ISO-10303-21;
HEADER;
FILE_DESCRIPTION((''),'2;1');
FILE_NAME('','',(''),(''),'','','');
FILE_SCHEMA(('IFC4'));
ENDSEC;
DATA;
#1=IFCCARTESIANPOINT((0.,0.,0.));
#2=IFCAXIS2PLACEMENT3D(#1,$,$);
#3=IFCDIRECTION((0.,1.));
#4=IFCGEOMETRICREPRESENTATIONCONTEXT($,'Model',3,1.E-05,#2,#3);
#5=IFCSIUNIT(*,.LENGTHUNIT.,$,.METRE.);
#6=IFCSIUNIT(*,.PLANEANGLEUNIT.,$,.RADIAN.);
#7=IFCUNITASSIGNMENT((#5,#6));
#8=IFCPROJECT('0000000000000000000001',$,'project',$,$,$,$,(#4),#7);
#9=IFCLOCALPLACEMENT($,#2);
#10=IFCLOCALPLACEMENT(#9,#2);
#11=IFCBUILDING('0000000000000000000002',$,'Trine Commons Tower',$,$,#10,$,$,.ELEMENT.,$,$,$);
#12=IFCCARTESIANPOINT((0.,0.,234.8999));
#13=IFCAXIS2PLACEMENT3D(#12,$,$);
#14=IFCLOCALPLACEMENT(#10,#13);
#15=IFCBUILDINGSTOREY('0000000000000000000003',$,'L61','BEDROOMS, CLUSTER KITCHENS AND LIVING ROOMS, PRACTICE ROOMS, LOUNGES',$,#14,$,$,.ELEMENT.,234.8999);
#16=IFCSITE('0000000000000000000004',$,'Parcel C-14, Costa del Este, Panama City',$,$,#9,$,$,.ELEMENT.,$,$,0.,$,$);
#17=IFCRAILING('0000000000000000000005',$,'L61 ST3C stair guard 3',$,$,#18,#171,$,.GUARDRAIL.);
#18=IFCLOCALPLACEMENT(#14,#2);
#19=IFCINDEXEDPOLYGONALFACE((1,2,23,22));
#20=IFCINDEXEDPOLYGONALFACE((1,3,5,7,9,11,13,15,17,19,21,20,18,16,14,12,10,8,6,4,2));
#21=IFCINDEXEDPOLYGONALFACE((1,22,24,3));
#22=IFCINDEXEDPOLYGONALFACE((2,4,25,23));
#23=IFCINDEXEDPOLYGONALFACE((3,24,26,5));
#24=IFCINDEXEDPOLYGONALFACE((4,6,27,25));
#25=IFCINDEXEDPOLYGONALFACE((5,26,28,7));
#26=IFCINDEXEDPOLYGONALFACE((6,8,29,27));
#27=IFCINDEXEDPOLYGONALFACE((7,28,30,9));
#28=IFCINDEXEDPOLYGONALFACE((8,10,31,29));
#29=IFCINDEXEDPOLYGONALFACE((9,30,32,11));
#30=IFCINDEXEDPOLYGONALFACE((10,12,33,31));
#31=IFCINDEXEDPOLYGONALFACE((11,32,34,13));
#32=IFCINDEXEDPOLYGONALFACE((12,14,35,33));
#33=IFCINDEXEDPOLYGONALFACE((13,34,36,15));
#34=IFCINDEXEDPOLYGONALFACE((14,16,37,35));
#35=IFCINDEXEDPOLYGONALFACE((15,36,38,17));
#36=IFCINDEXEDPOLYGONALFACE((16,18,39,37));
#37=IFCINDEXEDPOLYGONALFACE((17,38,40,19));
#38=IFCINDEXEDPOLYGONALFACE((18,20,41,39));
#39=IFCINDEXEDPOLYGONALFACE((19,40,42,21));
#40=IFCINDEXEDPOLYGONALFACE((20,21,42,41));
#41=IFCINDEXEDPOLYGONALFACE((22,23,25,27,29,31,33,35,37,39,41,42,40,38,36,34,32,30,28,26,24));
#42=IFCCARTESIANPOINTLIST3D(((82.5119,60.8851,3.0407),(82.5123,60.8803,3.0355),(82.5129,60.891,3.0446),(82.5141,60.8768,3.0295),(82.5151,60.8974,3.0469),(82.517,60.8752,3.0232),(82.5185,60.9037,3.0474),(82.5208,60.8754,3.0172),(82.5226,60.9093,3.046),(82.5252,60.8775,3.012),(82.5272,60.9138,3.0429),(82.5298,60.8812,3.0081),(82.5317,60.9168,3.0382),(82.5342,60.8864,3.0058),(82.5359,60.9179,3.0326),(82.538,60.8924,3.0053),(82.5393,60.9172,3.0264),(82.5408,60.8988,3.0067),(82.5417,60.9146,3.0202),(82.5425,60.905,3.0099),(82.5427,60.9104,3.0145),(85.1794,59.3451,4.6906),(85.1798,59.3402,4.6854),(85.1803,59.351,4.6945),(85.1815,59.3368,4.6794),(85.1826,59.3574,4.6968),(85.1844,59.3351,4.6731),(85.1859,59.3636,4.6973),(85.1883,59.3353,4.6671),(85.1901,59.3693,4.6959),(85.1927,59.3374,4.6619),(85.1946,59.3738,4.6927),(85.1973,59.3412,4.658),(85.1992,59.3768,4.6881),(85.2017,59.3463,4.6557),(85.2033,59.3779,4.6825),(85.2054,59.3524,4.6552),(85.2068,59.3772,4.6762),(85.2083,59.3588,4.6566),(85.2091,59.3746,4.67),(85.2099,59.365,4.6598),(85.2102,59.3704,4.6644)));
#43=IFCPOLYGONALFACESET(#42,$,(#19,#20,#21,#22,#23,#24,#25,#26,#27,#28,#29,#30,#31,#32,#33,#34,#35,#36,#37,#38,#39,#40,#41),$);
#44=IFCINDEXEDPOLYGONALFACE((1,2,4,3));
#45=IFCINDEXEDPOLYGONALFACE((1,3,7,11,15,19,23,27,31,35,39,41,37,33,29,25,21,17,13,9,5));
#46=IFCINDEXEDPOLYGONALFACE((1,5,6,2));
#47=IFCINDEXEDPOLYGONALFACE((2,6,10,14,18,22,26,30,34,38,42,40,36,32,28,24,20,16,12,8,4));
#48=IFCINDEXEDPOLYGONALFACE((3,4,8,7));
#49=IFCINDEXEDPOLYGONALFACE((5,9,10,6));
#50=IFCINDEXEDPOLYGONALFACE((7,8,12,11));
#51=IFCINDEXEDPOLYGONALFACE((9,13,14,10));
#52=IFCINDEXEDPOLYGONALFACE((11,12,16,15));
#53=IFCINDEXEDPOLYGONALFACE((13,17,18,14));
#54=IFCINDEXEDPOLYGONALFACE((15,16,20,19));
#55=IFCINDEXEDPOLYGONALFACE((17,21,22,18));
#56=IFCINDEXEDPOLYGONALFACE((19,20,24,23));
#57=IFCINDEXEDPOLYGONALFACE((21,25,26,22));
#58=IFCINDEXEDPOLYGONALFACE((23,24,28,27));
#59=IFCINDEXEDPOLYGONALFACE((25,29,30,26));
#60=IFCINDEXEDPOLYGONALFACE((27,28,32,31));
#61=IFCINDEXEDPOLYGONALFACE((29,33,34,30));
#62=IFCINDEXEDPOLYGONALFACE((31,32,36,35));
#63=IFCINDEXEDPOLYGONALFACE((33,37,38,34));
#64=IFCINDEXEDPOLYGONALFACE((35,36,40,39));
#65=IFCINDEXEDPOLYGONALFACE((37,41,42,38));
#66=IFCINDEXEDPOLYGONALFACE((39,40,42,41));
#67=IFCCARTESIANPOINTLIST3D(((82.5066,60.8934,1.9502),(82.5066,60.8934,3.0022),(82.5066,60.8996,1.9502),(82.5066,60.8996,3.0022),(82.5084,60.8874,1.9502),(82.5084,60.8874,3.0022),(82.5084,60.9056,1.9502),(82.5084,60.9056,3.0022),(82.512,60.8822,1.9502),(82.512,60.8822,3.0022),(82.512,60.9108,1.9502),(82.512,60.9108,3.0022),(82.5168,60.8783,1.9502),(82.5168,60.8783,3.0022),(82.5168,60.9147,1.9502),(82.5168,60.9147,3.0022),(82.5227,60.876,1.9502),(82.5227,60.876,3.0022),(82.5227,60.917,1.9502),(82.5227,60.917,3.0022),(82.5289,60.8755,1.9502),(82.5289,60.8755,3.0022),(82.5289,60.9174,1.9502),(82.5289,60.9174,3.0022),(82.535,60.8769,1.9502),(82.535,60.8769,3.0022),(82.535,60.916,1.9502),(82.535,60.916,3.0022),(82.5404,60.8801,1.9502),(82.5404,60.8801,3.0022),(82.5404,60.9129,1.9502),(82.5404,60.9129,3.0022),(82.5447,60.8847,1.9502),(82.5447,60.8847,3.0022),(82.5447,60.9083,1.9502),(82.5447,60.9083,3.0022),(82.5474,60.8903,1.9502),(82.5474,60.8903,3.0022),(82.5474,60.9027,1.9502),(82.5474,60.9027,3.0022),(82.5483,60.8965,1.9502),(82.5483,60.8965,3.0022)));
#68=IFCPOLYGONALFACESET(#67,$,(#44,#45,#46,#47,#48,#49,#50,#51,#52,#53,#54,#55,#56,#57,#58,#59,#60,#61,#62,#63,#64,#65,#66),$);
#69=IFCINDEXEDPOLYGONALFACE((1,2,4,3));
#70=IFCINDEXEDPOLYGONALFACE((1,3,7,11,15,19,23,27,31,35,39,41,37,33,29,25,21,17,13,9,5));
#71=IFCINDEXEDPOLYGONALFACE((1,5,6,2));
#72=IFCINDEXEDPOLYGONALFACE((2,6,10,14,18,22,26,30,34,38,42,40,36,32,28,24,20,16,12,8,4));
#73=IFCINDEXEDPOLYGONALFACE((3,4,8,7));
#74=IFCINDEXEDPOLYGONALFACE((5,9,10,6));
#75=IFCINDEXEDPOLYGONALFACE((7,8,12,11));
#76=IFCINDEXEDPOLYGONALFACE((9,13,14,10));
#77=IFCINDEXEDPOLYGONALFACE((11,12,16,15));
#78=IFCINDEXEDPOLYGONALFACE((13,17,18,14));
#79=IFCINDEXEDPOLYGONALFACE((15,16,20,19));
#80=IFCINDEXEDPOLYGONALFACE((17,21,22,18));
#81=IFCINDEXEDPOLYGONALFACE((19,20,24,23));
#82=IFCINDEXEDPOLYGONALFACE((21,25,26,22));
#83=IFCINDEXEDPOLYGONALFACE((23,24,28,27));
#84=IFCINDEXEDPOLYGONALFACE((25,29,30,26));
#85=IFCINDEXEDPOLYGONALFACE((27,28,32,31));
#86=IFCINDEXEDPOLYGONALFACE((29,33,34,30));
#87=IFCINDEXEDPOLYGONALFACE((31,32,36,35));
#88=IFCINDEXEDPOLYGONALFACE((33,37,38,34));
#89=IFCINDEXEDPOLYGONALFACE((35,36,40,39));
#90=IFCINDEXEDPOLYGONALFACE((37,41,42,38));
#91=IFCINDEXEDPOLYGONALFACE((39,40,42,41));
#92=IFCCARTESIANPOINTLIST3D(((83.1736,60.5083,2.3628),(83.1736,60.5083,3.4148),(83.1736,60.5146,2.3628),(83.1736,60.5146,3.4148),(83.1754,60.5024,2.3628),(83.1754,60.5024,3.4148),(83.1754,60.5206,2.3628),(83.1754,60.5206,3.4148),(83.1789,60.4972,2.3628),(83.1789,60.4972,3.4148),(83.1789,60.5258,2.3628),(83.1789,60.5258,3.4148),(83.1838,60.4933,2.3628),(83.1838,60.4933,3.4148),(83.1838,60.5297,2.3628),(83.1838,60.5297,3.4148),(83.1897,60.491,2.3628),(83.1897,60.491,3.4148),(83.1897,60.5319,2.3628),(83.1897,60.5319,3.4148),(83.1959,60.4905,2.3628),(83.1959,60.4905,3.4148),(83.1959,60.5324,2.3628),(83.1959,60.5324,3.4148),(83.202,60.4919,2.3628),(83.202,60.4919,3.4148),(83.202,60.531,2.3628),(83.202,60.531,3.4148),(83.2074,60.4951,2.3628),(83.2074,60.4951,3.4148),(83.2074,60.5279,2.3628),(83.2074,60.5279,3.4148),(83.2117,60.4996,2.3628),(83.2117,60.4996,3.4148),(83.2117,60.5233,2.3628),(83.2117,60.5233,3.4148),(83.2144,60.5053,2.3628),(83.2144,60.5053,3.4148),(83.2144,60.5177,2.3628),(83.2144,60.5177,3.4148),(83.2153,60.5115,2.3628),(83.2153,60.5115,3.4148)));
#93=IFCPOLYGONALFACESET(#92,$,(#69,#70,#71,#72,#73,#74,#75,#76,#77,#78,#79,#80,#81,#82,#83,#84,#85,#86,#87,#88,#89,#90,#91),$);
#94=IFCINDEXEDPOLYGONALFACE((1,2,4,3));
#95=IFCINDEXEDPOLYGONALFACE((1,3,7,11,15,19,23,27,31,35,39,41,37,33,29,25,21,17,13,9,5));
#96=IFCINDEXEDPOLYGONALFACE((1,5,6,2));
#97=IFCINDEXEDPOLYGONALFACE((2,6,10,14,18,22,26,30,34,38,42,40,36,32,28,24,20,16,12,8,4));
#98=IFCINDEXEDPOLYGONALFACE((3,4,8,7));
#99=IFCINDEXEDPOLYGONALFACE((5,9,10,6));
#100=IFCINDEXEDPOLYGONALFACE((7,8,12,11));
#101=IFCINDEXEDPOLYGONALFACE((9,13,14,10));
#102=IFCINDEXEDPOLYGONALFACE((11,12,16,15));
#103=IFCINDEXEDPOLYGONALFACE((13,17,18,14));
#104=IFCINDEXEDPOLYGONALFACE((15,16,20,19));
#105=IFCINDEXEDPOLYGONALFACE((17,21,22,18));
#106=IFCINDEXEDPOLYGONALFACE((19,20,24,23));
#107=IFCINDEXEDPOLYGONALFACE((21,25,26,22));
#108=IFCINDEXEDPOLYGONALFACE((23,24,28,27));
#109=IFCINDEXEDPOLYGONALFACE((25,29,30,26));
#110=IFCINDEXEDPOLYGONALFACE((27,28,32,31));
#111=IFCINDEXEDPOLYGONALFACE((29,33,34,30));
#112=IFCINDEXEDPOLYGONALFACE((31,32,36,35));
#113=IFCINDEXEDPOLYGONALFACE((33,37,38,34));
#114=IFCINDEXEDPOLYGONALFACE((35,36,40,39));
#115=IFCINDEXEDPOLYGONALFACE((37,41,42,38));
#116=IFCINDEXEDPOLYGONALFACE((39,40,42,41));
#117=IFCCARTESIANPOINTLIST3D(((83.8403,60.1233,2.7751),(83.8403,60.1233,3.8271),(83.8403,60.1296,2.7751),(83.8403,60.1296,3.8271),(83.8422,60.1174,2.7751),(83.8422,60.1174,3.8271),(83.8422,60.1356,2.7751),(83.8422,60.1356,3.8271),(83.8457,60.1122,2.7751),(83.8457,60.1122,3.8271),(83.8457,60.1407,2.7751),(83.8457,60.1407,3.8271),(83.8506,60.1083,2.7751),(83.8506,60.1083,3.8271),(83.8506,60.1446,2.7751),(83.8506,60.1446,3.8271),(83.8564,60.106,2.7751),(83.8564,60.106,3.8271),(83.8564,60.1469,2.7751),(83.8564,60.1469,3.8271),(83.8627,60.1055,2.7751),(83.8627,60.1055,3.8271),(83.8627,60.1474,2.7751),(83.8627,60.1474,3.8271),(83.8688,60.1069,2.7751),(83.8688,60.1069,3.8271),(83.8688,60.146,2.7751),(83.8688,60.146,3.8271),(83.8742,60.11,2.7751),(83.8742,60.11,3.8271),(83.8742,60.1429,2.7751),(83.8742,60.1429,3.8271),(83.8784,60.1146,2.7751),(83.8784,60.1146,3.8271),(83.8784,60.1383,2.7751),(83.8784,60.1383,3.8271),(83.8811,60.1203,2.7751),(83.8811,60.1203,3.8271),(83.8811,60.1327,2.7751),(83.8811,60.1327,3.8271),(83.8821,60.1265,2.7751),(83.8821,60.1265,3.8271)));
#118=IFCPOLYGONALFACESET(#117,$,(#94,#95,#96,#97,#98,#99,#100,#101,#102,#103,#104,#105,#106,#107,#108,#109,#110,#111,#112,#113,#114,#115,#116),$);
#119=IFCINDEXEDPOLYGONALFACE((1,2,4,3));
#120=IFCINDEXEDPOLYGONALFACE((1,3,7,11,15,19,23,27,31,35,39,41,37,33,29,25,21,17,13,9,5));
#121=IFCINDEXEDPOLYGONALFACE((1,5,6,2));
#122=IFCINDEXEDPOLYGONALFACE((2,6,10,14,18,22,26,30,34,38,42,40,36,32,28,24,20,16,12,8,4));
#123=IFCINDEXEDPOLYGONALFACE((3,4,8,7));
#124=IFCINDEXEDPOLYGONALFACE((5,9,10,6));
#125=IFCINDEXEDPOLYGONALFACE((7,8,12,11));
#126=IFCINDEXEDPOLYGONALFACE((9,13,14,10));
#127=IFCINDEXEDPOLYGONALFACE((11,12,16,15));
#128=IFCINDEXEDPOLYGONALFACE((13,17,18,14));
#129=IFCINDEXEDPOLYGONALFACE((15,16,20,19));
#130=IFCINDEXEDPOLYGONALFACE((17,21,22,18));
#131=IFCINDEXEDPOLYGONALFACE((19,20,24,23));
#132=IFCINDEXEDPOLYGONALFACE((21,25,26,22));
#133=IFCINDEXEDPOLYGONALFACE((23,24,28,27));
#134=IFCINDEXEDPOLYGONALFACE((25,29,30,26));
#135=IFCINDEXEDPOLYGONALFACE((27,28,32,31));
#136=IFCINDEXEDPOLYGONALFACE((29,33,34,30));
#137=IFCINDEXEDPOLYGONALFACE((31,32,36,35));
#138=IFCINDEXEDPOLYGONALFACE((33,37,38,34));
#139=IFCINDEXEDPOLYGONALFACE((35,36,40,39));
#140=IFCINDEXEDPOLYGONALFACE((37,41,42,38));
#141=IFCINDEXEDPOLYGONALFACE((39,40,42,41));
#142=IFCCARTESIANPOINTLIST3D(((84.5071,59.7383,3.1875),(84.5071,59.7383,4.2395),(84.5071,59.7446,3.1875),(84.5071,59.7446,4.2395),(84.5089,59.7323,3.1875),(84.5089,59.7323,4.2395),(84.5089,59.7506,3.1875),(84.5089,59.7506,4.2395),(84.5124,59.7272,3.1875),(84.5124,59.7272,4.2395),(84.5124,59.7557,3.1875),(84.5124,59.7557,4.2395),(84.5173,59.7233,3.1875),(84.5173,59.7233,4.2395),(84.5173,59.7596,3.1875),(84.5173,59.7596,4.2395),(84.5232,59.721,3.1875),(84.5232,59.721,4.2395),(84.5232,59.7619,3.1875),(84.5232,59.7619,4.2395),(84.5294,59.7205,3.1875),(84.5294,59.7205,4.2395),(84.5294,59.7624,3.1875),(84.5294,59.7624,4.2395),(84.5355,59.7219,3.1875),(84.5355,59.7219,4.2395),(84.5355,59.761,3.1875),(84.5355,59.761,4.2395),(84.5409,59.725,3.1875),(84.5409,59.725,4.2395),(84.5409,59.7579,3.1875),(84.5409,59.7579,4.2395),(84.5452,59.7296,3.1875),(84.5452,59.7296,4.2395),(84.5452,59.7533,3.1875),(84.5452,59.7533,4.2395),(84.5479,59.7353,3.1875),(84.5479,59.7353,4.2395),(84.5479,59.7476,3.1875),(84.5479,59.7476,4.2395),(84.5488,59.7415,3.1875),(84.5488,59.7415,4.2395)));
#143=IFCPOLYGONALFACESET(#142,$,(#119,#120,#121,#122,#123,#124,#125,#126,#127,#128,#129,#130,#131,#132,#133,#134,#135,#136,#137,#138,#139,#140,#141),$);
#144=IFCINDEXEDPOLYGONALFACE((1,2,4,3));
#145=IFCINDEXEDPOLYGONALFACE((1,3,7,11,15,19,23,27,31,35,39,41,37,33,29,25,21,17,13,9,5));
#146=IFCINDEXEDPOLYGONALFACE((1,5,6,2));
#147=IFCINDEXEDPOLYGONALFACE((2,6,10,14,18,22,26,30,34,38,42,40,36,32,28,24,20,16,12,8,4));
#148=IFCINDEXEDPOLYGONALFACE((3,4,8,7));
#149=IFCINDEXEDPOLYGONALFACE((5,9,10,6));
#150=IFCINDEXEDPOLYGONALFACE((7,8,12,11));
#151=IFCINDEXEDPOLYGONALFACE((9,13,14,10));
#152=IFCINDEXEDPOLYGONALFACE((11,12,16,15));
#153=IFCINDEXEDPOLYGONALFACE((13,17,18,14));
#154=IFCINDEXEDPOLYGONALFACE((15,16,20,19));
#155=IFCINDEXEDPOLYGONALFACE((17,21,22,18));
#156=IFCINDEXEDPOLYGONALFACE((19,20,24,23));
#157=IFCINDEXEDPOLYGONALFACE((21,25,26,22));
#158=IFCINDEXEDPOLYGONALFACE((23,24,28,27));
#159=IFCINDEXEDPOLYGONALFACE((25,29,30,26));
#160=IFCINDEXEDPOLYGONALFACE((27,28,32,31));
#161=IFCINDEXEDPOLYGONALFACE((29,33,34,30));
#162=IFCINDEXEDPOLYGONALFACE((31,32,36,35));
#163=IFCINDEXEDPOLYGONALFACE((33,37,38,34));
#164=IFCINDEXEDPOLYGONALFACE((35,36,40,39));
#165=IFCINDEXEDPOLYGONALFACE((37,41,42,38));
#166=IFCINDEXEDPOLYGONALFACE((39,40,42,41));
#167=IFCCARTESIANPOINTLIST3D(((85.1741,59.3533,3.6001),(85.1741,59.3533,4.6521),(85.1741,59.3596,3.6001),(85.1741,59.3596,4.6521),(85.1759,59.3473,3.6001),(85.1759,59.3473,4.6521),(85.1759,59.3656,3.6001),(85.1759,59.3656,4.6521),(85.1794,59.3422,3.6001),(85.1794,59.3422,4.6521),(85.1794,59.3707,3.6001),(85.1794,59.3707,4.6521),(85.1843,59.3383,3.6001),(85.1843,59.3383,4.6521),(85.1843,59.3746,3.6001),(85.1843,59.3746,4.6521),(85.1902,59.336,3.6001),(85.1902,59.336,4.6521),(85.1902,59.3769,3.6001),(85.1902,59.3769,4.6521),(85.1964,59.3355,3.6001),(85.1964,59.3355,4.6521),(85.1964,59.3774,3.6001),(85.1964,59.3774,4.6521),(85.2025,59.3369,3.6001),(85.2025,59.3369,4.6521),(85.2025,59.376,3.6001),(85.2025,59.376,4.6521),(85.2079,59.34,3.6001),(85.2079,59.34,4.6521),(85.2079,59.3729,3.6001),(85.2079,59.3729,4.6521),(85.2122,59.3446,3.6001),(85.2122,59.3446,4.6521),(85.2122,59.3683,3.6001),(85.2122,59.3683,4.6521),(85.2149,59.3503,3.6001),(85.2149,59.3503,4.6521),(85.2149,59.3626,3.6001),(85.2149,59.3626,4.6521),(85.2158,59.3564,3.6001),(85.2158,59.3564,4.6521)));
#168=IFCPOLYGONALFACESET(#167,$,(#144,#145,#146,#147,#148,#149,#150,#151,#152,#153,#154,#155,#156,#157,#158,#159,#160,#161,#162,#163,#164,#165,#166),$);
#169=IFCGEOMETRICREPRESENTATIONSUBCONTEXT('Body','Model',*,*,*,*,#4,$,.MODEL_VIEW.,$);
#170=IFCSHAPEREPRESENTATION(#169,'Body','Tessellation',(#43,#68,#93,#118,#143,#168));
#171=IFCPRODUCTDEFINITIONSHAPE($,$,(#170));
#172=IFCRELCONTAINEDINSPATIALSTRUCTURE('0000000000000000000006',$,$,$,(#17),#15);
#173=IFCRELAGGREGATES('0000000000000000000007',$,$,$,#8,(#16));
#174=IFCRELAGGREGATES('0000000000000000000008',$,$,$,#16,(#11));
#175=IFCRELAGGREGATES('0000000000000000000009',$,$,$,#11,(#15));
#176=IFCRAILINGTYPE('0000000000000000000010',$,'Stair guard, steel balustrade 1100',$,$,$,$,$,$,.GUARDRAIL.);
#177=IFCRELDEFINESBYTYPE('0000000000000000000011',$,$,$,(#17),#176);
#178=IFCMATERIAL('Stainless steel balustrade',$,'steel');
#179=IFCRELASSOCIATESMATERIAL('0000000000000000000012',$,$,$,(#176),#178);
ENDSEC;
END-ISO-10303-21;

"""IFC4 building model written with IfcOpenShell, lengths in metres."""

from ifc_helpers import new_model, si_unit, direction, frame, origin, origin_2d, place, context, subcontext, project, spatial, circle, extrude, material, type_object, element, save


model = new_model("IFC4")

# Units and contexts
model_context = context("Model", 3, precision=1e-05, world=origin(), true_north=direction((0.0, 1.0)))
body_context = subcontext(model_context, "Body", "Model", "MODEL_VIEW")
ifc_project = project(units=[si_unit("LENGTHUNIT", "METRE"), si_unit("PLANEANGLEUNIT", "RADIAN")], contexts=[model_context])

# Site, building, storey
site_placement = place(None, origin())
site = spatial("IfcSite", under=ifc_project, at=site_placement, Name="Parcel C-14, Costa del Este, Panama City", CompositionType="ELEMENT", RefElevation=0.0)
building_placement = place(site_placement, origin())
building = spatial("IfcBuilding", under=site, at=building_placement, Name="Trine Commons Tower", CompositionType="ELEMENT")
storey_placement = place(building_placement, frame((0.0, 0.0, 234.8999)))
storey = spatial("IfcBuildingStorey", under=building, at=storey_placement, Name="L61", Description="BEDROOMS, CLUSTER KITCHENS AND LIVING ROOMS, PRACTICE ROOMS, LOUNGES", CompositionType="ELEMENT", Elevation=234.8999)

# Railing
ifc_material_1 = material(Name="Stainless steel balustrade", Category="steel")
railing_type_1 = type_object("IfcRailingType", Name="Stair guard, steel balustrade 1100", PredefinedType="GUARDRAIL", material=ifc_material_1)
railing_1_placement = place(storey_placement, frame((82.5273, 60.8965, 1.9502)))
element("IfcRailing", 1, at=railing_1_placement, inside=storey, type_object=railing_type_1, Name="L61 ST3C stair guard 3", PredefinedType="GUARDRAIL", context=body_context, shape_type="SweptSolid", body=[
    extrude(circle(Radius=0.0239, at=origin_2d()), frame((0.0, 0.0, 1.0762), z_axis=(0.763405, -0.440743, 0.472185), x_axis=(0.499992, 0.86603, 0.0)), (0.0, 0.0, 1.0), 3.4941),
    extrude(circle(Radius=0.021, at=origin_2d()), origin(), (0.0, 0.0, 1.0), 1.052),
    extrude(circle(Radius=0.021, at=origin_2d()), frame((0.667, -0.385, 0.4126)), (0.0, 0.0, 1.0), 1.052),
    extrude(circle(Radius=0.021, at=origin_2d()), frame((1.3337, -0.77, 0.825)), (0.0, 0.0, 1.0), 1.052),
    extrude(circle(Radius=0.021, at=origin_2d()), frame((2.0005, -1.155, 1.2373)), (0.0, 0.0, 1.0), 1.052),
    extrude(circle(Radius=0.021, at=origin_2d()), frame((2.6675, -1.54, 1.6499)), (0.0, 0.0, 1.0), 1.052),
])

save(model, "model.ifc")
